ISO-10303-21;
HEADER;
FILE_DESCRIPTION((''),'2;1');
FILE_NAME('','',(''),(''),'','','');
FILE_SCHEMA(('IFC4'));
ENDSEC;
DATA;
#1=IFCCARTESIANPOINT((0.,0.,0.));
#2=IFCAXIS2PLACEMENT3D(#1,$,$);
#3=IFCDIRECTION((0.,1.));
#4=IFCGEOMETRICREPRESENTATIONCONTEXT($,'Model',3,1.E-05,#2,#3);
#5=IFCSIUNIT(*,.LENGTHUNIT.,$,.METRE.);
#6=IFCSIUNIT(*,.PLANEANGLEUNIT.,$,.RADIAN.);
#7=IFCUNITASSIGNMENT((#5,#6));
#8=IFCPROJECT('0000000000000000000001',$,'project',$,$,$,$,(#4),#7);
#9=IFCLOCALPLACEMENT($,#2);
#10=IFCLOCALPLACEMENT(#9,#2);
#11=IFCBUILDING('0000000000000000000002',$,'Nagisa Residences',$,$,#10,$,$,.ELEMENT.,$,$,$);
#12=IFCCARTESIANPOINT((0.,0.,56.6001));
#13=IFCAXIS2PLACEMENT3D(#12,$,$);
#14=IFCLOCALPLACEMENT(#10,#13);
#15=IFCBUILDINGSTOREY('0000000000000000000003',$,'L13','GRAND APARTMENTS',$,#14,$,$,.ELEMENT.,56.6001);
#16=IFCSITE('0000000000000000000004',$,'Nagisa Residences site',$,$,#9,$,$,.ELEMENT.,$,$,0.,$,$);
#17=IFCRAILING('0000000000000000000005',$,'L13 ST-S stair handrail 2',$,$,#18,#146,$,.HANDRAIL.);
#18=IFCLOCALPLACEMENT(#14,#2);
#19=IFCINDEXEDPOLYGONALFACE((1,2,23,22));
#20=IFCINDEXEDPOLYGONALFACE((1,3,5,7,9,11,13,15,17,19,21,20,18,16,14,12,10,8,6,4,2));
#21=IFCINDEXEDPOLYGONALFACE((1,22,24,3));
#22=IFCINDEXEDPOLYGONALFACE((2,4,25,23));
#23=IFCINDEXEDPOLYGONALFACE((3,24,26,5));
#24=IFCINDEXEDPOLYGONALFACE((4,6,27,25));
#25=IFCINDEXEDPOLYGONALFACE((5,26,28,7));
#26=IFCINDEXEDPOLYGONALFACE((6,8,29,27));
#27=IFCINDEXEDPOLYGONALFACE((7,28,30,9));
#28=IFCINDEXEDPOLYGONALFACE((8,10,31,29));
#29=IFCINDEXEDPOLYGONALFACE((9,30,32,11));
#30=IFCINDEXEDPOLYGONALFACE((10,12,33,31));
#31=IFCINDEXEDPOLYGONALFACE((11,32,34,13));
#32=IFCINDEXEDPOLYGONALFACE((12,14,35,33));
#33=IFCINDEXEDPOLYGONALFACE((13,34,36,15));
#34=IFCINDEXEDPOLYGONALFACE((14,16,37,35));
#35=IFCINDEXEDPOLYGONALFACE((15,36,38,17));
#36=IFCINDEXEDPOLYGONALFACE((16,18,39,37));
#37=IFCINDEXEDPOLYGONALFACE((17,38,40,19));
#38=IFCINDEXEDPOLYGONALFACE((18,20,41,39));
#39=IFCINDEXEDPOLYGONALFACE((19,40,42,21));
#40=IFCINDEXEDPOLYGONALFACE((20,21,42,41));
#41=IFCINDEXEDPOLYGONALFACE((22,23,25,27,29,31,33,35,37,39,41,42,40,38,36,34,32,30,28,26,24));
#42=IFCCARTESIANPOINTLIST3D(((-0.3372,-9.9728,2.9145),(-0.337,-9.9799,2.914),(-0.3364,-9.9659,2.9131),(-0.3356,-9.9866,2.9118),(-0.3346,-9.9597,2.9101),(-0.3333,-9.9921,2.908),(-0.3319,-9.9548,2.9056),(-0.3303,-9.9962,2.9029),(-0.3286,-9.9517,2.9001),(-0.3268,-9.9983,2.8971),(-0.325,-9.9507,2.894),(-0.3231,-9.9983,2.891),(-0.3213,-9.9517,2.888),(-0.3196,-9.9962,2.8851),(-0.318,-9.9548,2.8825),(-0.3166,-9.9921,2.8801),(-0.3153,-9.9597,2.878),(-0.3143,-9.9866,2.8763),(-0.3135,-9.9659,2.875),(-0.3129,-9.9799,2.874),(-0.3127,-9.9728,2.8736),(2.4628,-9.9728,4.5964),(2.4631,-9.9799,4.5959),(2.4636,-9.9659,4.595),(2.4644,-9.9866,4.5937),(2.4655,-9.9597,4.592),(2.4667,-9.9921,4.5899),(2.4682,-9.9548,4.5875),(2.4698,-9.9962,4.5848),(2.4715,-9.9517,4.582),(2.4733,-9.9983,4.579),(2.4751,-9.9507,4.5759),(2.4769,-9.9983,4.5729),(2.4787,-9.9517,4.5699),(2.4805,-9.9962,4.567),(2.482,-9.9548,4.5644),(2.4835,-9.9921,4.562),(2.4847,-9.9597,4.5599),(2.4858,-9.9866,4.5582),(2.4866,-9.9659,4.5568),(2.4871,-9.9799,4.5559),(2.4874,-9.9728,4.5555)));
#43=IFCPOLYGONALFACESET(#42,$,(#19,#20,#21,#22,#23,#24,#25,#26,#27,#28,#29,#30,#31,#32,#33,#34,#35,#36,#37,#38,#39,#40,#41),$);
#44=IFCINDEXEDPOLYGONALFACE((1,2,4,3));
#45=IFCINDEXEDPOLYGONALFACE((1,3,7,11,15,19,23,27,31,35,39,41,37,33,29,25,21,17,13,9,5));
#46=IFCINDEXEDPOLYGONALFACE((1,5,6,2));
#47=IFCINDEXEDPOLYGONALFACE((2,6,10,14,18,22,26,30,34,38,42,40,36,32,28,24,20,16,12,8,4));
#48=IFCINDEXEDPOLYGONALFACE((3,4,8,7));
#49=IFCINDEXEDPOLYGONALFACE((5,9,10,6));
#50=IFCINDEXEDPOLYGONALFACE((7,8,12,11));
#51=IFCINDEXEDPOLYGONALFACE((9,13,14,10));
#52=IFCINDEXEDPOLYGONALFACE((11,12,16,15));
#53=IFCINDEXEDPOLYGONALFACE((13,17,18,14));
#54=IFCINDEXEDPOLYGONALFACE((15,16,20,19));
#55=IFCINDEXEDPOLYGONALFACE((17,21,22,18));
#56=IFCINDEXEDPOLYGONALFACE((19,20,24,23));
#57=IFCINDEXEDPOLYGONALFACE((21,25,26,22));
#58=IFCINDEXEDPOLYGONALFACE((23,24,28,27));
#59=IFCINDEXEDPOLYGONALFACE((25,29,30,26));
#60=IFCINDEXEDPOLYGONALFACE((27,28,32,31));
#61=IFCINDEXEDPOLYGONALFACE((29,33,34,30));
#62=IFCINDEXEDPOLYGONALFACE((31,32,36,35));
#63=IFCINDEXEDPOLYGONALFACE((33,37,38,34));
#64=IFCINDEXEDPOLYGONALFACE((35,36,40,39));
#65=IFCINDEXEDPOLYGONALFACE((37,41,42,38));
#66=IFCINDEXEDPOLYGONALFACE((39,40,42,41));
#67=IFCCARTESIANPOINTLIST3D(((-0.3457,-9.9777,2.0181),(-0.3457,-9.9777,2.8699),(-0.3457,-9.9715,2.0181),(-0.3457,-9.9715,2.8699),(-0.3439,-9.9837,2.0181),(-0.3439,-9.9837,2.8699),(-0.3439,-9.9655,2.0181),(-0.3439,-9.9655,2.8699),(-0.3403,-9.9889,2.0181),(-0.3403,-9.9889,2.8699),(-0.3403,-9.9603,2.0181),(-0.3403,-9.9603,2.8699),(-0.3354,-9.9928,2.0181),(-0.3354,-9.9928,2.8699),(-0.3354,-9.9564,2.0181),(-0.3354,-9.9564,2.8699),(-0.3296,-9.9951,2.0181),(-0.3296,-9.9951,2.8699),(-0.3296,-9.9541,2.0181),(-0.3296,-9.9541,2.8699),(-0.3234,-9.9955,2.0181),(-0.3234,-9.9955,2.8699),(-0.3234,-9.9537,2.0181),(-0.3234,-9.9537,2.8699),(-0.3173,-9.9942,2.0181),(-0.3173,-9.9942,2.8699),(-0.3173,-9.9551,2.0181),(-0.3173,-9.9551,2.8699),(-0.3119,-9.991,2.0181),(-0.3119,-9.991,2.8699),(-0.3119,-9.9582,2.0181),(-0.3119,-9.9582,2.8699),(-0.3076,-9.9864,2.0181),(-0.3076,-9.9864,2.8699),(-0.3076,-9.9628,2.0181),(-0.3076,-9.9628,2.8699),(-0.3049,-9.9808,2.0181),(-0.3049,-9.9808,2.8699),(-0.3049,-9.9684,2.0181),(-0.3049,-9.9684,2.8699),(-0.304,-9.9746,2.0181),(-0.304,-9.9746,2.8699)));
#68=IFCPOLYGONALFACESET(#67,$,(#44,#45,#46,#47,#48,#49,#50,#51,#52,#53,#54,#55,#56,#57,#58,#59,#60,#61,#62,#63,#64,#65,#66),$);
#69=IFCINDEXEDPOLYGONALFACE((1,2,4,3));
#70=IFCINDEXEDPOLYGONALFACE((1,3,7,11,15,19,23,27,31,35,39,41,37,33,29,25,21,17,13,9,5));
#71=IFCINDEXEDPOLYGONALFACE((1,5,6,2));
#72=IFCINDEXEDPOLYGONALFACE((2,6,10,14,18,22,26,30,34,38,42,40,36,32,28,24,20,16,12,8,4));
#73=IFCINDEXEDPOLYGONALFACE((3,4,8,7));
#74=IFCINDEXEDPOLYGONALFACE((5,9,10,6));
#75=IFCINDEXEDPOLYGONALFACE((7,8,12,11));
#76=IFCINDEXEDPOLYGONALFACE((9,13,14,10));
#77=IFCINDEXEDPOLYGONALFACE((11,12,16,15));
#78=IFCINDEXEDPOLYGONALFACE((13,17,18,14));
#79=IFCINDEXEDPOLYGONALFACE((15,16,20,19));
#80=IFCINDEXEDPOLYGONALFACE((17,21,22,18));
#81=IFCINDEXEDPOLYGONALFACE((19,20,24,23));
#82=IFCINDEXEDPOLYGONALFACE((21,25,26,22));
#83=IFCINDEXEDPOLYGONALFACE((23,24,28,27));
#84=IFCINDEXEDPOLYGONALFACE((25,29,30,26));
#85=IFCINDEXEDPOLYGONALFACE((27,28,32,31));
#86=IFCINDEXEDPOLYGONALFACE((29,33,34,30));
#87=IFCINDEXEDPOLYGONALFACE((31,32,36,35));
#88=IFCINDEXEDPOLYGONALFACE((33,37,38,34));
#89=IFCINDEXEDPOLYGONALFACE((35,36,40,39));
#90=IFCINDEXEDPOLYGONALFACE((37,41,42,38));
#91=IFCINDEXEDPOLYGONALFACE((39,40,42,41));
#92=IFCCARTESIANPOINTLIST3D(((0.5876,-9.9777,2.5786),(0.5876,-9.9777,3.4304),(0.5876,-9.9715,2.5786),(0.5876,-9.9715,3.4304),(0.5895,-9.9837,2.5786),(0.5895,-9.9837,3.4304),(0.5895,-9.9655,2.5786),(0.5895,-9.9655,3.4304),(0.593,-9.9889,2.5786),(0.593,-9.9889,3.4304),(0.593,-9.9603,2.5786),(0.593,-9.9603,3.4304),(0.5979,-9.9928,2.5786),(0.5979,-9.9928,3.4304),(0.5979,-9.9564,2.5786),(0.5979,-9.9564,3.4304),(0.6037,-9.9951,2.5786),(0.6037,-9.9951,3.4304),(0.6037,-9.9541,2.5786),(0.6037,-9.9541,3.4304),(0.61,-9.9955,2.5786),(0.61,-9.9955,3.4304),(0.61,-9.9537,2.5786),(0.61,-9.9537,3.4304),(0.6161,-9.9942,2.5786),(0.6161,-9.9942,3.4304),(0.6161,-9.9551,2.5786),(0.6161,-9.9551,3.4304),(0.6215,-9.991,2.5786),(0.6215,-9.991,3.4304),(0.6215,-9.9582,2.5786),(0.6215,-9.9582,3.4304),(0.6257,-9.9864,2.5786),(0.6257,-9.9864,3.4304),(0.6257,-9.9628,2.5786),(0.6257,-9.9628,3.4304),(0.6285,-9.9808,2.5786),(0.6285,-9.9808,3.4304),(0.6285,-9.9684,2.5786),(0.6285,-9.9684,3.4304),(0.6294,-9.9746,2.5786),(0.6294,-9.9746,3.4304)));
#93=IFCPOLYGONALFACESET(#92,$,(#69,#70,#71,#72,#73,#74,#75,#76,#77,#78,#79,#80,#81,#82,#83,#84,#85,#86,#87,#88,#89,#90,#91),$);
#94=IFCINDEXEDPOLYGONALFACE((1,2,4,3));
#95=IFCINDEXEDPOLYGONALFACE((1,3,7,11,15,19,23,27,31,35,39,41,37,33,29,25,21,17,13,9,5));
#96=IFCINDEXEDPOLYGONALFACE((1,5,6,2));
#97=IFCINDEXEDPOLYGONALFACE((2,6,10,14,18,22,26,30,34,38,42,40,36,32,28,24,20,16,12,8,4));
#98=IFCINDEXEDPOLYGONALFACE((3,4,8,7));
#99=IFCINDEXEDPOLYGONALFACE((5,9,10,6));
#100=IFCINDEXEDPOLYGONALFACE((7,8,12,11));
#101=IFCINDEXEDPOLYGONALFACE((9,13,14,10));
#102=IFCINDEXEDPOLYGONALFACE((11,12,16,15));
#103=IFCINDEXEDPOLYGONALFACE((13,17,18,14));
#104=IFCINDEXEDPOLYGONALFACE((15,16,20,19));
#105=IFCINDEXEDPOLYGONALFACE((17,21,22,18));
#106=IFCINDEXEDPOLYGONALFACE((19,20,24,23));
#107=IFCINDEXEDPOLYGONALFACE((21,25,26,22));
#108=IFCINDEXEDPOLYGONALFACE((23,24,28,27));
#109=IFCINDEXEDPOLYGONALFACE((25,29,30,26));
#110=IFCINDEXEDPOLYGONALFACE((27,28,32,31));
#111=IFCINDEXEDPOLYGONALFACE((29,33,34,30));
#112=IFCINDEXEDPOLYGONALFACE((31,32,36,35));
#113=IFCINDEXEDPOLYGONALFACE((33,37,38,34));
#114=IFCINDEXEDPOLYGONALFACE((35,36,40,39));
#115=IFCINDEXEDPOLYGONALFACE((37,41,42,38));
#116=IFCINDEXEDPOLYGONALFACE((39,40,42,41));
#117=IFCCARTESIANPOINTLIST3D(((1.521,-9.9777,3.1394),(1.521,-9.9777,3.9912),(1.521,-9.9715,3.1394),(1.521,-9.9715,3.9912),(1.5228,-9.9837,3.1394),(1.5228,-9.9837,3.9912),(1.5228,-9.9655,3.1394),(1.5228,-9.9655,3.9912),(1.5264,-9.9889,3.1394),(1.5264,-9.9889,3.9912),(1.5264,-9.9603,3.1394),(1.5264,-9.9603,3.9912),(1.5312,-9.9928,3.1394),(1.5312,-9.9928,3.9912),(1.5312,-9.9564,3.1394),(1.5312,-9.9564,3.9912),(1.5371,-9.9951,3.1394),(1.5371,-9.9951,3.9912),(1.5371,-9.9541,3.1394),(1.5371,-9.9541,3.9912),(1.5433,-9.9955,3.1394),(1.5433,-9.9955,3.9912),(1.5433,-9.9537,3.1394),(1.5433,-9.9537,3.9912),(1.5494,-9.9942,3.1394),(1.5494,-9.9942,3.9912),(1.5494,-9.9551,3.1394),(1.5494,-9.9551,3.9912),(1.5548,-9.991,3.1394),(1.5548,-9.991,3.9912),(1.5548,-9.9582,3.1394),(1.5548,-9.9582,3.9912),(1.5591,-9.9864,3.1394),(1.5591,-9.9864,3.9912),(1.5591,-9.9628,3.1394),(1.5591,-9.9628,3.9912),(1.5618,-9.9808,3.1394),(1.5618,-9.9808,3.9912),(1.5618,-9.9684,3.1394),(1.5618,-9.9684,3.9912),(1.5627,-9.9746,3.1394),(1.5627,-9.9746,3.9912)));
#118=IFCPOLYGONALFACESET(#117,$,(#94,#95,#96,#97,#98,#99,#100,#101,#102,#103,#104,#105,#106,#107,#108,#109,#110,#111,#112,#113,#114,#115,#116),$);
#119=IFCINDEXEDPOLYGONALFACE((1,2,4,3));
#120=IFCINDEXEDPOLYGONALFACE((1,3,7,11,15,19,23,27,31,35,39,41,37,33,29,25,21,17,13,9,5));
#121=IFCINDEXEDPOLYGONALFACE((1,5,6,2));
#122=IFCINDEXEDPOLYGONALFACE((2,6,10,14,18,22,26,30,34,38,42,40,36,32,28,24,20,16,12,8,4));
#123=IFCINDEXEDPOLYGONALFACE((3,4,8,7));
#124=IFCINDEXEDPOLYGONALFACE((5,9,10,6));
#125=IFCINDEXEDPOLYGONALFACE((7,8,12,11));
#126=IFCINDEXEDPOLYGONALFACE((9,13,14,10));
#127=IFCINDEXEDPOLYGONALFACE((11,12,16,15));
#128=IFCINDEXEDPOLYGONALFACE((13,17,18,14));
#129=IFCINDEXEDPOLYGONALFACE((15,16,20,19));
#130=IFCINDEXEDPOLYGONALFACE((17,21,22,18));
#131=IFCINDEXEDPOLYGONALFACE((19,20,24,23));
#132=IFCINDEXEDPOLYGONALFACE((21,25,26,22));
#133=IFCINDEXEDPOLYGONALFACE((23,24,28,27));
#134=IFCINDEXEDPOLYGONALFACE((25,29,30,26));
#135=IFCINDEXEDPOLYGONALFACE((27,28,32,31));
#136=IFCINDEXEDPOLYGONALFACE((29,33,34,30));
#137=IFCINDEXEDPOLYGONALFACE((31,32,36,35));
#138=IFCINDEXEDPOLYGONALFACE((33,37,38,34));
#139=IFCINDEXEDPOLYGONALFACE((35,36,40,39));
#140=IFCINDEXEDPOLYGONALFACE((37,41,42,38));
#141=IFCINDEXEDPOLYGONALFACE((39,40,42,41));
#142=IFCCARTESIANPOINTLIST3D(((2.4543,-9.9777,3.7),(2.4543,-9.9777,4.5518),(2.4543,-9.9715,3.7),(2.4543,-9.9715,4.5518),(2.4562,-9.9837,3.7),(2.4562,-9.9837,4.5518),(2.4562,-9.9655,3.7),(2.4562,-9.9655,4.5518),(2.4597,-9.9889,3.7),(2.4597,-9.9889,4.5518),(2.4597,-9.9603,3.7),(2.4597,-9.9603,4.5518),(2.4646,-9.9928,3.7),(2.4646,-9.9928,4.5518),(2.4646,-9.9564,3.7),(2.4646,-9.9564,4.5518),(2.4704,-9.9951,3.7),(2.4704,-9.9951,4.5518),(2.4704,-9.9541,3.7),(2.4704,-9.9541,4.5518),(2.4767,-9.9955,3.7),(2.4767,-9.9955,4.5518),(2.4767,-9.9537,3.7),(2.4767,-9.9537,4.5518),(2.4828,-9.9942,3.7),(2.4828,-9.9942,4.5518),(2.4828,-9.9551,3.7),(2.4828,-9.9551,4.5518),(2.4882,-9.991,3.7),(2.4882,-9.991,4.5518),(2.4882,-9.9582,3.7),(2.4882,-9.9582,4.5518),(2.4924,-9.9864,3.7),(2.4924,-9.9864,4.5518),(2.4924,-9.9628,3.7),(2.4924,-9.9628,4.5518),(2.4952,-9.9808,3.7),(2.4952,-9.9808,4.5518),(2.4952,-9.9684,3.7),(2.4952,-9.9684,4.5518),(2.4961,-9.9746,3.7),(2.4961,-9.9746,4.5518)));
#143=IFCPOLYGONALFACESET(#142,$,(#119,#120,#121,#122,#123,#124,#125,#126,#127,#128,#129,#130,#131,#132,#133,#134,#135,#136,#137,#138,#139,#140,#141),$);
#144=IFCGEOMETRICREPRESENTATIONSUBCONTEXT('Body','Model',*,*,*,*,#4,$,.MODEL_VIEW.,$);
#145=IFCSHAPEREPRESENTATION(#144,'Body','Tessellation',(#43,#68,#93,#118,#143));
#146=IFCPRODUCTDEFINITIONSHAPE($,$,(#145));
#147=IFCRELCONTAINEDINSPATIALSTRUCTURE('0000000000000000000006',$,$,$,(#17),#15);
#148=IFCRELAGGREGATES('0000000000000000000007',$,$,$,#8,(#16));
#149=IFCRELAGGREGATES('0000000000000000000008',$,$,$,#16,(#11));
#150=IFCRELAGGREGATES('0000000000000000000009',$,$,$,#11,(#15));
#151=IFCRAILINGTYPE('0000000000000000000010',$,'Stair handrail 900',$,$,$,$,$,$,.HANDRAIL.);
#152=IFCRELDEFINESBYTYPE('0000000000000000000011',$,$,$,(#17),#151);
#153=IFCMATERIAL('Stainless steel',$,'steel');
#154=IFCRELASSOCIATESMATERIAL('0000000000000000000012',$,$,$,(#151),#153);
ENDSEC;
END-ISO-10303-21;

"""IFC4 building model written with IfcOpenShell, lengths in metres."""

from ifc_helpers import new_model, si_unit, direction, frame, origin, origin_2d, place, context, subcontext, project, spatial, circle, extrude, material, type_object, element, save


model = new_model("IFC4")

# Units and contexts
model_context = context("Model", 3, precision=1e-05, world=origin(), true_north=direction((0.0, 1.0)))
body_context = subcontext(model_context, "Body", "Model", "MODEL_VIEW")
ifc_project = project(units=[si_unit("LENGTHUNIT", "METRE"), si_unit("PLANEANGLEUNIT", "RADIAN")], contexts=[model_context])

# Site, building, storey
site_placement = place(None, origin())
site = spatial("IfcSite", under=ifc_project, at=site_placement, Name="Nagisa Residences site", CompositionType="ELEMENT", RefElevation=0.0)
building_placement = place(site_placement, origin())
building = spatial("IfcBuilding", under=site, at=building_placement, Name="Nagisa Residences", CompositionType="ELEMENT")
storey_placement = place(building_placement, frame((0.0, 0.0, 56.6001)))
storey = spatial("IfcBuildingStorey", under=building, at=storey_placement, Name="L13", Description="GRAND APARTMENTS", CompositionType="ELEMENT", Elevation=56.6001)

# Railing
ifc_material_1 = material(Name="Stainless steel", Category="steel")
railing_type = type_object("IfcRailingType", Name="Stair handrail 900", PredefinedType="HANDRAIL", material=ifc_material_1)
railing_placement = place(storey_placement, frame((-0.325, -9.9746, 2.0181)))
element("IfcRailing", 1, at=railing_placement, inside=storey, type_object=railing_type, Name="L13 ST-S stair handrail 2", PredefinedType="HANDRAIL", context=body_context, shape_type="SweptSolid", body=[
    extrude(circle(Radius=0.0239, at=origin_2d()), frame((0.0, 0.0, 0.876), z_axis=(0.857242, 0.0, 0.514913), x_axis=(0.0, 1.0, 0.0)), (0.0, 0.0, 1.0), 3.2664),
    extrude(circle(Radius=0.021, at=origin_2d()), origin(), (0.0, 0.0, 1.0), 0.8518),
    extrude(circle(Radius=0.021, at=origin_2d()), frame((0.9333, 0.0, 0.5605)), (0.0, 0.0, 1.0), 0.8518),
    extrude(circle(Radius=0.021, at=origin_2d()), frame((1.8667, 0.0, 1.1213)), (0.0, 0.0, 1.0), 0.8518),
    extrude(circle(Radius=0.021, at=origin_2d()), frame((2.8, 0.0, 1.6819)), (0.0, 0.0, 1.0), 0.8518),
])

save(model, "model.ifc")
